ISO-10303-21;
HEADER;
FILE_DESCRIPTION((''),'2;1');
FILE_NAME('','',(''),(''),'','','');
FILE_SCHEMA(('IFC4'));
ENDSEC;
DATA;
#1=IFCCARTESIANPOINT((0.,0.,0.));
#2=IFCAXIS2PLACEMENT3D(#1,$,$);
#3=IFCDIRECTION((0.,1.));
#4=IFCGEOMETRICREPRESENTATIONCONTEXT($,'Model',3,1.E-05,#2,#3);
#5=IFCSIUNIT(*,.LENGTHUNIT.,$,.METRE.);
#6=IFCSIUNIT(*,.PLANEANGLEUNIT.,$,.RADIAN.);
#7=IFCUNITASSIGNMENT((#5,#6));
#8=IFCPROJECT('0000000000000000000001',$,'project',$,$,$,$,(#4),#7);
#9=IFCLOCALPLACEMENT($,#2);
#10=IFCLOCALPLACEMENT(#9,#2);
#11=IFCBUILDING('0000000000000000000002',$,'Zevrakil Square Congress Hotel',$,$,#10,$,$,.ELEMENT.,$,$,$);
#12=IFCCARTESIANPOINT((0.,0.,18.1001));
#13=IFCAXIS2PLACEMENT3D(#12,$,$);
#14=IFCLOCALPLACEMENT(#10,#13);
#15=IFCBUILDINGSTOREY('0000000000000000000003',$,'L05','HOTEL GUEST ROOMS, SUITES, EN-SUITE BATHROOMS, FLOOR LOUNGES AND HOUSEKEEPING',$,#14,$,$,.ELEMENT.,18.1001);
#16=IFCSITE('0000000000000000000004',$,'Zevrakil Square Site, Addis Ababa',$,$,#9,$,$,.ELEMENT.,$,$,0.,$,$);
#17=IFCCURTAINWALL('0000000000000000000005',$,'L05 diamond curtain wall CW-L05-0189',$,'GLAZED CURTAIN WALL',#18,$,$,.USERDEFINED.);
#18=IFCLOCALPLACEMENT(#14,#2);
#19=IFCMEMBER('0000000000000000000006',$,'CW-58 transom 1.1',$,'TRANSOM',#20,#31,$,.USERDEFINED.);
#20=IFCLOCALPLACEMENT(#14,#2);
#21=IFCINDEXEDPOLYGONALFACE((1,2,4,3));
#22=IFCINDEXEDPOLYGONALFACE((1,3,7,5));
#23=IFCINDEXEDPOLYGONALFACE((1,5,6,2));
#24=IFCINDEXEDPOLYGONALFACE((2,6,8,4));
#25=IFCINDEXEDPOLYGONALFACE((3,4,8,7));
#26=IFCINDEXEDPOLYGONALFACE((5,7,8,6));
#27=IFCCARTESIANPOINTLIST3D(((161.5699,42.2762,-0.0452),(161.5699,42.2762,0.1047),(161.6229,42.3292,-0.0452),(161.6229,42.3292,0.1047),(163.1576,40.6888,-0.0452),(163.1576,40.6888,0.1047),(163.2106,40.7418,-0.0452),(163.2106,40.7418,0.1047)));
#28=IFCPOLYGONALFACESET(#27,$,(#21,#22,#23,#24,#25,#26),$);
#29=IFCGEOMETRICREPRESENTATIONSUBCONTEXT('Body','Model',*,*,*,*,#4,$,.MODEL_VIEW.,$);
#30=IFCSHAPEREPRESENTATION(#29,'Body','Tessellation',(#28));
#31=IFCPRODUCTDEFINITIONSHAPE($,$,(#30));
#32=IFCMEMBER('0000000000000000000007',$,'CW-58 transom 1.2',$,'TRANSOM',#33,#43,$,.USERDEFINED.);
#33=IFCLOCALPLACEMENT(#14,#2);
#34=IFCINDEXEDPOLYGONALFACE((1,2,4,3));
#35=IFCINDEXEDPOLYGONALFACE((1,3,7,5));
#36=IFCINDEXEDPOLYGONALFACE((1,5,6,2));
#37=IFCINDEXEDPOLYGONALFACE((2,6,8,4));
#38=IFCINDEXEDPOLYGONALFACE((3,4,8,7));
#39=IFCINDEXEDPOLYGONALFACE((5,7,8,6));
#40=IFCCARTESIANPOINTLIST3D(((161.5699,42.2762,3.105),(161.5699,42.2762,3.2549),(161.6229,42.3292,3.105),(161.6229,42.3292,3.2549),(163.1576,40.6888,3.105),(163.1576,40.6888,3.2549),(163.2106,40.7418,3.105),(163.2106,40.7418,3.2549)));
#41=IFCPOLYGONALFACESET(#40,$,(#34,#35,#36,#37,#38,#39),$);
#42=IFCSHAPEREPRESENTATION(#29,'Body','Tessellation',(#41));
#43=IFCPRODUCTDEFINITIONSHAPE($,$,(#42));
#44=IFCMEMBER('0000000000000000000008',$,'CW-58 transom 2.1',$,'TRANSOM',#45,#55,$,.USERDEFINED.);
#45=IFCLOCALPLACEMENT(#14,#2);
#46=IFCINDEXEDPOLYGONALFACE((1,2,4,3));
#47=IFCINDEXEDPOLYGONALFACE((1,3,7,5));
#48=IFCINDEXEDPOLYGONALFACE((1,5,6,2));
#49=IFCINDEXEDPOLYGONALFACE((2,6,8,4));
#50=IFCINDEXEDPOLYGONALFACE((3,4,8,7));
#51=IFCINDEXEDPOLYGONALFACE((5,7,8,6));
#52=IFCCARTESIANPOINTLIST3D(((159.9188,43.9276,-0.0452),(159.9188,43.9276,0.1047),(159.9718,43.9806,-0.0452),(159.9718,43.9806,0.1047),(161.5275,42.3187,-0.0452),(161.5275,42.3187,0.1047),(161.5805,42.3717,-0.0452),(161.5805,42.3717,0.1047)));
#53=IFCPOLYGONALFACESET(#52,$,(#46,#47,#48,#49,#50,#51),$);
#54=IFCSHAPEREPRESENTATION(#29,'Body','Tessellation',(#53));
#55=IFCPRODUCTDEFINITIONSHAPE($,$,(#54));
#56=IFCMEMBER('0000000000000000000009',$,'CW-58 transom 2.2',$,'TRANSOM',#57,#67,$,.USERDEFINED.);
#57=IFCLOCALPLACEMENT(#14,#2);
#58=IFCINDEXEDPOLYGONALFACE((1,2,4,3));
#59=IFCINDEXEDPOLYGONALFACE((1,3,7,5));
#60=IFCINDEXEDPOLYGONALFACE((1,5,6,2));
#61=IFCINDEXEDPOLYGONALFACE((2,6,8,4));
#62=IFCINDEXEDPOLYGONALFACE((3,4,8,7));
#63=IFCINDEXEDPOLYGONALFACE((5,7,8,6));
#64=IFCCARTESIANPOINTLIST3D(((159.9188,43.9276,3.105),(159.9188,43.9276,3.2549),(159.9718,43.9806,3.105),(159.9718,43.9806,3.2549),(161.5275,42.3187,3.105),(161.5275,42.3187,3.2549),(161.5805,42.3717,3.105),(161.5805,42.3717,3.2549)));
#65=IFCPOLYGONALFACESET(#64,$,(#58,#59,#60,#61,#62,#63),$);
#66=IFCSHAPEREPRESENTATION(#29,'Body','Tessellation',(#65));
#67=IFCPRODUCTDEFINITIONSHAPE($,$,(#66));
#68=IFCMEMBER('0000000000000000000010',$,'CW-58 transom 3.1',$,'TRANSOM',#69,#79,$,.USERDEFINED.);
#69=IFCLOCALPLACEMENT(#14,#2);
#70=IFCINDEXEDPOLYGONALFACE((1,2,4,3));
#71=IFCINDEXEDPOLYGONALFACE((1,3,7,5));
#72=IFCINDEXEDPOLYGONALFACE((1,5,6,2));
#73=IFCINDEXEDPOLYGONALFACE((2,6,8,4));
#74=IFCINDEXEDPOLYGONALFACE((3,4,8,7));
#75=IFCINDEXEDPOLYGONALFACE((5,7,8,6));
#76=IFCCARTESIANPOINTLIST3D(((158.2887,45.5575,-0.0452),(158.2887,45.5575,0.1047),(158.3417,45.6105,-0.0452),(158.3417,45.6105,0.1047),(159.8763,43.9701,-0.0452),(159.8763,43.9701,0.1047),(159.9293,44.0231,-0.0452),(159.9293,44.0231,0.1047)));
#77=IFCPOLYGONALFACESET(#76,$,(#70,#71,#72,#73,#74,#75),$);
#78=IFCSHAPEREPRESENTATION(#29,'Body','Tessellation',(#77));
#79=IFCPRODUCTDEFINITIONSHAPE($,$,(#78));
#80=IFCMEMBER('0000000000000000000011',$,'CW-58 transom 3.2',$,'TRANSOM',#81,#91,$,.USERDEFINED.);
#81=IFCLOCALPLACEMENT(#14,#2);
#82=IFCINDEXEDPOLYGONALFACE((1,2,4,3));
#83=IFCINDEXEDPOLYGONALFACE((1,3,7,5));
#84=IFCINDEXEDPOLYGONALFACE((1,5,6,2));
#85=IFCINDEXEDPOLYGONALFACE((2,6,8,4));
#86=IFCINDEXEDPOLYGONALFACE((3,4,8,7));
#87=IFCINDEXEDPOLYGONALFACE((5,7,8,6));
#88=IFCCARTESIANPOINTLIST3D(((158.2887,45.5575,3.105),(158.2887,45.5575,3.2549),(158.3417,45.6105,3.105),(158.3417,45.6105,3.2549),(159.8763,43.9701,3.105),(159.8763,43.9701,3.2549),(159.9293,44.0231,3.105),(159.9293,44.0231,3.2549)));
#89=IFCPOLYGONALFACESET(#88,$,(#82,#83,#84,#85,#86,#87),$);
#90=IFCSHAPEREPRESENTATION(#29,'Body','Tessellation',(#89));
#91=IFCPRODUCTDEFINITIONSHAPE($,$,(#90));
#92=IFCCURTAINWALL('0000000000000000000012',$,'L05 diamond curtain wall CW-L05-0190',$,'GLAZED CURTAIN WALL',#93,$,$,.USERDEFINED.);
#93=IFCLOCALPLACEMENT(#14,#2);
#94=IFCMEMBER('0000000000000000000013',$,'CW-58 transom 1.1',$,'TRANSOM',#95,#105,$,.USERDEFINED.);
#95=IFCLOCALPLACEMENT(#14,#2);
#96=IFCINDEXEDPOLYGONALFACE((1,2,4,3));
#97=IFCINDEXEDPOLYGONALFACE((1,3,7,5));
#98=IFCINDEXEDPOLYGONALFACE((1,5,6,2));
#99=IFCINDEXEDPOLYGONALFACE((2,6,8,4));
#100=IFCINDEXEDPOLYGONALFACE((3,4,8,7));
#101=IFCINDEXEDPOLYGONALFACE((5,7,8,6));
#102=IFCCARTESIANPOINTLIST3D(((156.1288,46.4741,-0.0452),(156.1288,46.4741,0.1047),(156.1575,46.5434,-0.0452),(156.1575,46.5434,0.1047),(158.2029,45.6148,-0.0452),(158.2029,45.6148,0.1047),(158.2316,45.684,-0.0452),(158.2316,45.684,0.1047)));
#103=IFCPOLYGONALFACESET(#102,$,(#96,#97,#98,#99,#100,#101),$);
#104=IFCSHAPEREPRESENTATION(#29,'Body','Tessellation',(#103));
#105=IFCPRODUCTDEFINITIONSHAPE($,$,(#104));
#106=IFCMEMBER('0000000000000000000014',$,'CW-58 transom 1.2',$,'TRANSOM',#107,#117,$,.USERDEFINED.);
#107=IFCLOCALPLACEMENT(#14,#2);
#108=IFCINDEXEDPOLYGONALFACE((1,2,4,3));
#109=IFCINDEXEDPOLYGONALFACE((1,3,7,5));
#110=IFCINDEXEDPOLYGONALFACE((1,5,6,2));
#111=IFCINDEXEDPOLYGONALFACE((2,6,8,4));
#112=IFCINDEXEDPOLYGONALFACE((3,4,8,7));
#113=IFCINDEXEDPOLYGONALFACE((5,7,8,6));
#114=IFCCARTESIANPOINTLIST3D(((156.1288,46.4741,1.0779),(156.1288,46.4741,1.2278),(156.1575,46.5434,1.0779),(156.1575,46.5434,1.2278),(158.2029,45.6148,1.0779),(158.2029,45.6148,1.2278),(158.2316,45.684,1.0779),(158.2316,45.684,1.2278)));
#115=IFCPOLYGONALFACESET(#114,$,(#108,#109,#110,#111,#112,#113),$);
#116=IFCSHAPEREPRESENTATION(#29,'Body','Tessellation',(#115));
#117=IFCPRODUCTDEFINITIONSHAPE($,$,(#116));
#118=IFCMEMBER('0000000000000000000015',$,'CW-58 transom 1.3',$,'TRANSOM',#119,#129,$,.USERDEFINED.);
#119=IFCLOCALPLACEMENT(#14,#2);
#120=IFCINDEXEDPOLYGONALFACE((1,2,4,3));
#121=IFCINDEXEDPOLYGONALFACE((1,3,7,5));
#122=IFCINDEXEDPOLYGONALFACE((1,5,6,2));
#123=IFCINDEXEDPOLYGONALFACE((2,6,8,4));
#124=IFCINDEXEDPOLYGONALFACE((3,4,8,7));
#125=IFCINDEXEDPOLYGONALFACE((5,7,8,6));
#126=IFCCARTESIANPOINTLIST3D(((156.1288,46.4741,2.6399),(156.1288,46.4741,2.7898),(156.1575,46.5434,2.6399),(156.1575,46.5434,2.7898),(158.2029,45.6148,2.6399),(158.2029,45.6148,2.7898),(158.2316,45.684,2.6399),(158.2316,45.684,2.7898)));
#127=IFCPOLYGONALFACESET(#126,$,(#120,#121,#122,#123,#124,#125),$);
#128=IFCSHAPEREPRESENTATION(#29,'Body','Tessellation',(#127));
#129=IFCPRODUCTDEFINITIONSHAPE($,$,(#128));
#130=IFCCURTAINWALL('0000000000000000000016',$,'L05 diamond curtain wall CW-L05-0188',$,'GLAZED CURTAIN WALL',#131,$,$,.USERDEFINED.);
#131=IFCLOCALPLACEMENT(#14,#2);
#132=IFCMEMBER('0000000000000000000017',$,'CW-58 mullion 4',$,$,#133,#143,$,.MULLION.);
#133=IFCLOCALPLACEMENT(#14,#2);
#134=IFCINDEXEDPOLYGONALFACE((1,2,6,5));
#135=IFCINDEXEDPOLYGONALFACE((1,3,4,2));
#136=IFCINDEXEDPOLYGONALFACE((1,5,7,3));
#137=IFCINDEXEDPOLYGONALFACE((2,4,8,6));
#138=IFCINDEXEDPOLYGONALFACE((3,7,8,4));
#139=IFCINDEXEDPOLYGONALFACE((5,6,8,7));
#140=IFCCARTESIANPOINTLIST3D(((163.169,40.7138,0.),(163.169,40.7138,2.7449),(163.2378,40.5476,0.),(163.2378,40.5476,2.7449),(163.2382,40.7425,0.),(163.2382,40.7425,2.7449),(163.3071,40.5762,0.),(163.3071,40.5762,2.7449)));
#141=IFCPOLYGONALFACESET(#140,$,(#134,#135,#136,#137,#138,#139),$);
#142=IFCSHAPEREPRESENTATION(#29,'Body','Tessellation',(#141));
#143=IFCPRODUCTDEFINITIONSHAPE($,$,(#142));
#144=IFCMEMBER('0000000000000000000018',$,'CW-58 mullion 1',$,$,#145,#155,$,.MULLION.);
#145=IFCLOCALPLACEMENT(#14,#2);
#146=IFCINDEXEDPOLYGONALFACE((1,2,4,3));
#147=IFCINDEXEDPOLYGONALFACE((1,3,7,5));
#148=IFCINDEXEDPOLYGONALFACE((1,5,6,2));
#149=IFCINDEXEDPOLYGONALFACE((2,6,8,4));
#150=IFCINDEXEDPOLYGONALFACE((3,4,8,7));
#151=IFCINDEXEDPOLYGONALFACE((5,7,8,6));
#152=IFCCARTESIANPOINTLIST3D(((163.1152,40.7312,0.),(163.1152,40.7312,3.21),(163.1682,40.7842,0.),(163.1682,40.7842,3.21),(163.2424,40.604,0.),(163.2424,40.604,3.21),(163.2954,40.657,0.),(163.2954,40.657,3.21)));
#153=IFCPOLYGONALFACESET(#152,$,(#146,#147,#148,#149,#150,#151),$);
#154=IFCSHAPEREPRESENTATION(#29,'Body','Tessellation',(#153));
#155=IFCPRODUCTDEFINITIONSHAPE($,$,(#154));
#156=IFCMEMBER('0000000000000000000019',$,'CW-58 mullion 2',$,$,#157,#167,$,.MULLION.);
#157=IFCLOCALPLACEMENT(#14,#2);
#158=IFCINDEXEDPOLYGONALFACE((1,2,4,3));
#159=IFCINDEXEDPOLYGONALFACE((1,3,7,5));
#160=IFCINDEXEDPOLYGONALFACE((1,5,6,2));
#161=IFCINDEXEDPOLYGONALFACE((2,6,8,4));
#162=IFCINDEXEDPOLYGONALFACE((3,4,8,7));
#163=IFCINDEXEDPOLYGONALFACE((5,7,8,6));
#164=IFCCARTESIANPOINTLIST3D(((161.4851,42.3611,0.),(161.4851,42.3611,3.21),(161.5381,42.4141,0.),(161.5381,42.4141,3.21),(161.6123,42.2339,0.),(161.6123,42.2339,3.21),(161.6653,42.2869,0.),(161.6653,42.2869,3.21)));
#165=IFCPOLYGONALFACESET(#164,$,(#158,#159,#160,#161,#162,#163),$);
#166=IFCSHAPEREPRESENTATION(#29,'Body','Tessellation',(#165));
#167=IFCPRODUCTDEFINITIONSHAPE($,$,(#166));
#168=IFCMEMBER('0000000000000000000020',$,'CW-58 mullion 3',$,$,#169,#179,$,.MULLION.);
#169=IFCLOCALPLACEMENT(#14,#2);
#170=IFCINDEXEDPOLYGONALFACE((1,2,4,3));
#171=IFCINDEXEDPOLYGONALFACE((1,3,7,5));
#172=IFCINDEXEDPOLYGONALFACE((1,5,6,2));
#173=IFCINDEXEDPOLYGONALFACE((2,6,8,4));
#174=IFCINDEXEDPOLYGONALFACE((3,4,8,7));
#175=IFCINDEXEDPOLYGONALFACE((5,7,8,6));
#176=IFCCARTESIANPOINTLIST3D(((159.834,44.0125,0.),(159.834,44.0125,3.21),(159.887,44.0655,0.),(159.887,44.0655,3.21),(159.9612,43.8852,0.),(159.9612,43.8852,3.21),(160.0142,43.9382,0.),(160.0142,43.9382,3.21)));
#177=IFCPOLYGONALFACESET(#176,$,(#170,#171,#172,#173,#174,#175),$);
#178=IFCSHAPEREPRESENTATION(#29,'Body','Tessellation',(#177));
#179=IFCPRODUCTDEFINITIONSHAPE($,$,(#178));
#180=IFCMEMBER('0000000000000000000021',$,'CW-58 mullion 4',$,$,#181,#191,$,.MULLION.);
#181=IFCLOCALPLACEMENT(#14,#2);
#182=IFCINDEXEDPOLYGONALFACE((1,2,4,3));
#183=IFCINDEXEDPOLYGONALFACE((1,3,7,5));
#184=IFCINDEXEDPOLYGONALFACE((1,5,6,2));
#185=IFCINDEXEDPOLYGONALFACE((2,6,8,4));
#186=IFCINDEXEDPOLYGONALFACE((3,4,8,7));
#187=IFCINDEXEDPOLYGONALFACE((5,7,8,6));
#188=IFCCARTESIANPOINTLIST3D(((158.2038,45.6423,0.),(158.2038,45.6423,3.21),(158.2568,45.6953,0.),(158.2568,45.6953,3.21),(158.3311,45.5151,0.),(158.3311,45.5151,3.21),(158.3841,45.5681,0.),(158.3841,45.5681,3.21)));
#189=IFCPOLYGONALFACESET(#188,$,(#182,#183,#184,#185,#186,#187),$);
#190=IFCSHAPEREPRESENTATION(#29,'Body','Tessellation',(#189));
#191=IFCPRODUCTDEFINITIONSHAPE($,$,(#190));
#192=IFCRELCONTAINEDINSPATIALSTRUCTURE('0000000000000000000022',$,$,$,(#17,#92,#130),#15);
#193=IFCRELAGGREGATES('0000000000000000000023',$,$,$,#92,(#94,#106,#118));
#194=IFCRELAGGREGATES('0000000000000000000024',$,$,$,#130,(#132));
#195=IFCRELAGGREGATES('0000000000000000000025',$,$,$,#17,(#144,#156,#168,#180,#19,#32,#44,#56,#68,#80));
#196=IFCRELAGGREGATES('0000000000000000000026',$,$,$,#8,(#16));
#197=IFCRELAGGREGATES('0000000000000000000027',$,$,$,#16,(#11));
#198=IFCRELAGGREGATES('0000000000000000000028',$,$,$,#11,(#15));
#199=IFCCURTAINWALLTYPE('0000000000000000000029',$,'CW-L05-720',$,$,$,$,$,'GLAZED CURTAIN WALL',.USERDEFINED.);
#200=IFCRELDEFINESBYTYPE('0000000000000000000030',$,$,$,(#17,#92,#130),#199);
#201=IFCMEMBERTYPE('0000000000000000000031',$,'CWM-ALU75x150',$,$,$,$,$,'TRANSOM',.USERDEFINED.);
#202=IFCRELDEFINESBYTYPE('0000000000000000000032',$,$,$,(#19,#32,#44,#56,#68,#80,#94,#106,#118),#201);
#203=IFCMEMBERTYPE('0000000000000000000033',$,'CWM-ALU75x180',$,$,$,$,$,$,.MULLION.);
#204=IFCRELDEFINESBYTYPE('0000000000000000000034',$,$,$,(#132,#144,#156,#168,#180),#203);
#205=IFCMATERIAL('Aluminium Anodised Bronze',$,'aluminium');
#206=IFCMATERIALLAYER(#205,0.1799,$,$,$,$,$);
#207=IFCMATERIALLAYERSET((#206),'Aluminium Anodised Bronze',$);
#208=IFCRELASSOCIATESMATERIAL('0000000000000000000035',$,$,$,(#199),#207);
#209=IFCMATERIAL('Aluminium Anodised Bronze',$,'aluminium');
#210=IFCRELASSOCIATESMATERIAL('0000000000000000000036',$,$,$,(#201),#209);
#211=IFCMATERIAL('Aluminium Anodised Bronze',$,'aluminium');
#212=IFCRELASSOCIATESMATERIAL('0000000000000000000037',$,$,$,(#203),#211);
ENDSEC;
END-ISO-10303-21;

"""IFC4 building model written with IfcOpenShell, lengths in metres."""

from ifc_helpers import new_model, si_unit, direction, frame, origin, origin_2d, place, context, subcontext, project, spatial, rectangle, extrude, material, layer, layer_set, material_profile, profile_set, type_object, element, aggregate, save


model = new_model("IFC4")

# Units and contexts
model_context = context("Model", 3, precision=1e-05, world=origin(), true_north=direction((0.0, 1.0)))
body_context = subcontext(model_context, "Body", "Model", "MODEL_VIEW")
ifc_project = project(units=[si_unit("LENGTHUNIT", "METRE"), si_unit("PLANEANGLEUNIT", "RADIAN")], contexts=[model_context])

# Site, building, storey
site_placement = place(None, origin())
site = spatial("IfcSite", under=ifc_project, at=site_placement, Name="Zevrakil Square Site, Addis Ababa", CompositionType="ELEMENT", RefElevation=0.0)
building_placement = place(site_placement, origin())
building = spatial("IfcBuilding", under=site, at=building_placement, Name="Zevrakil Square Congress Hotel", CompositionType="ELEMENT")
storey_placement = place(building_placement, frame((0.0, 0.0, 18.1001)))
storey = spatial("IfcBuildingStorey", under=building, at=storey_placement, Name="L05", Description="HOTEL GUEST ROOMS, SUITES, EN-SUITE BATHROOMS, FLOOR LOUNGES AND HOUSEKEEPING", CompositionType="ELEMENT", Elevation=18.1001)

# Curtain walls, members
ifc_material_1 = material(Name="Aluminium Anodised Bronze", Category="aluminium")
ifc_layer_1 = layer(ifc_material_1, 0.1799)
ifc_layer_set_1 = layer_set([ifc_layer_1], Name="Aluminium Anodised Bronze")
curtain_wall_type = type_object("IfcCurtainWallType", Name="CW-L05-720", ElementType="GLAZED CURTAIN WALL", PredefinedType="USERDEFINED", material=ifc_layer_set_1)
curtain_wall_1_placement = place(storey_placement, origin())
curtain_wall_1 = element("IfcCurtainWall", 1, at=curtain_wall_1_placement, inside=storey, type_object=curtain_wall_type, Name="L05 diamond curtain wall CW-L05-0189", ObjectType="GLAZED CURTAIN WALL", PredefinedType="USERDEFINED")
ifc_material_2 = material(Name="Aluminium Anodised Bronze", Category="aluminium")
ifc_material_profile_1 = material_profile(ifc_material_2, rectangle(XDim=0.075, YDim=0.1499, at=origin_2d()), Name="ALU 75x150")
ifc_profile_set_1 = profile_set([ifc_material_profile_1], Name="Aluminium Anodised Bronze")
member_type_1 = type_object("IfcMemberType", Name="CWM-ALU75x150", ElementType="TRANSOM", PredefinedType="USERDEFINED", material=ifc_profile_set_1)
member_1_placement = place(storey_placement, frame((163.1841, 40.7153, 0.0298), z_axis=(-0.707161, 0.707052, 0.0), x_axis=(-0.707052, -0.707161, 0.0)))
member_1 = element("IfcMember", 2, at=member_1_placement, type_object=member_type_1, Name="CW-58 transom 1.1", ObjectType="TRANSOM", PredefinedType="USERDEFINED", context=body_context, shape_type="SweptSolid", body=[
    extrude(rectangle(XDim=0.075, YDim=0.1499, at=origin_2d()), origin(), (0.0, 0.0, 1.0), 2.2451),
])
member_2_placement = place(storey_placement, frame((163.1841, 40.7153, 3.1799), z_axis=(-0.707161, 0.707052, 0.0), x_axis=(-0.707052, -0.707161, 0.0)))
member_2 = element("IfcMember", 3, at=member_2_placement, type_object=member_type_1, Name="CW-58 transom 1.2", ObjectType="TRANSOM", PredefinedType="USERDEFINED", context=body_context, shape_type="SweptSolid", body=[
    extrude(rectangle(XDim=0.075, YDim=0.1499, at=origin_2d()), origin(), (0.0, 0.0, 1.0), 2.2451),
])
member_3_placement = place(storey_placement, frame((161.554, 42.3452, 0.0298), z_axis=(-0.707053, 0.70716, 0.0), x_axis=(-0.70716, -0.707053, 0.0)))
member_3 = element("IfcMember", 4, at=member_3_placement, type_object=member_type_1, Name="CW-58 transom 2.1", ObjectType="TRANSOM", PredefinedType="USERDEFINED", context=body_context, shape_type="SweptSolid", body=[
    extrude(rectangle(XDim=0.075, YDim=0.1499, at=origin_2d()), origin(), (0.0, 0.0, 1.0), 2.2751),
])
member_4_placement = place(storey_placement, frame((161.554, 42.3452, 3.1799), z_axis=(-0.707053, 0.70716, 0.0), x_axis=(-0.70716, -0.707053, 0.0)))
member_4 = element("IfcMember", 5, at=member_4_placement, type_object=member_type_1, Name="CW-58 transom 2.2", ObjectType="TRANSOM", PredefinedType="USERDEFINED", context=body_context, shape_type="SweptSolid", body=[
    extrude(rectangle(XDim=0.075, YDim=0.1499, at=origin_2d()), origin(), (0.0, 0.0, 1.0), 2.2751),
])
member_5_placement = place(storey_placement, frame((159.9028, 43.9966, 0.0298), z_axis=(-0.707161, 0.707052, 0.0), x_axis=(-0.707052, -0.707161, 0.0)))
member_5 = element("IfcMember", 6, at=member_5_placement, type_object=member_type_1, Name="CW-58 transom 3.1", ObjectType="TRANSOM", PredefinedType="USERDEFINED", context=body_context, shape_type="SweptSolid", body=[
    extrude(rectangle(XDim=0.075, YDim=0.1499, at=origin_2d()), origin(), (0.0, 0.0, 1.0), 2.2451),
])
member_6_placement = place(storey_placement, frame((159.9028, 43.9966, 3.1799), z_axis=(-0.707161, 0.707052, 0.0), x_axis=(-0.707052, -0.707161, 0.0)))
member_6 = element("IfcMember", 7, at=member_6_placement, type_object=member_type_1, Name="CW-58 transom 3.2", ObjectType="TRANSOM", PredefinedType="USERDEFINED", context=body_context, shape_type="SweptSolid", body=[
    extrude(rectangle(XDim=0.075, YDim=0.1499, at=origin_2d()), origin(), (0.0, 0.0, 1.0), 2.2451),
])
curtain_wall_2_placement = place(storey_placement, origin())
curtain_wall_2 = element("IfcCurtainWall", 8, at=curtain_wall_2_placement, inside=storey, type_object=curtain_wall_type, Name="L05 diamond curtain wall CW-L05-0190", ObjectType="GLAZED CURTAIN WALL", PredefinedType="USERDEFINED")
member_7_placement = place(storey_placement, frame((158.2173, 45.6494, 0.0298), z_axis=(-0.923847, 0.382762, 0.0), x_axis=(-0.382762, -0.923847, 0.0)))
member_7 = element("IfcMember", 9, at=member_7_placement, type_object=member_type_1, Name="CW-58 transom 1.1", ObjectType="TRANSOM", PredefinedType="USERDEFINED", context=body_context, shape_type="SweptSolid", body=[
    extrude(rectangle(XDim=0.075, YDim=0.1499, at=origin_2d()), origin(), (0.0, 0.0, 1.0), 2.2451),
])
member_8_placement = place(storey_placement, frame((158.2173, 45.6494, 1.1528), z_axis=(-0.923847, 0.382762, 0.0), x_axis=(-0.382762, -0.923847, 0.0)))
member_8 = element("IfcMember", 10, at=member_8_placement, type_object=member_type_1, Name="CW-58 transom 1.2", ObjectType="TRANSOM", PredefinedType="USERDEFINED", context=body_context, shape_type="SweptSolid", body=[
    extrude(rectangle(XDim=0.075, YDim=0.1499, at=origin_2d()), origin(), (0.0, 0.0, 1.0), 2.2451),
])
member_9_placement = place(storey_placement, frame((158.2173, 45.6494, 2.7148), z_axis=(-0.923847, 0.382762, 0.0), x_axis=(-0.382762, -0.923847, 0.0)))
member_9 = element("IfcMember", 11, at=member_9_placement, type_object=member_type_1, Name="CW-58 transom 1.3", ObjectType="TRANSOM", PredefinedType="USERDEFINED", context=body_context, shape_type="SweptSolid", body=[
    extrude(rectangle(XDim=0.075, YDim=0.1499, at=origin_2d()), origin(), (0.0, 0.0, 1.0), 2.2451),
])

# Curtain wall, member
curtain_wall_3_placement = place(storey_placement, origin())
curtain_wall_3 = element("IfcCurtainWall", 12, at=curtain_wall_3_placement, inside=storey, type_object=curtain_wall_type, Name="L05 diamond curtain wall CW-L05-0188", ObjectType="GLAZED CURTAIN WALL", PredefinedType="USERDEFINED")
ifc_material_3 = material(Name="Aluminium Anodised Bronze", Category="aluminium")
ifc_material_profile_2 = material_profile(ifc_material_3, rectangle(XDim=0.075, YDim=0.1799, at=origin_2d()), Name="ALU 75x180")
ifc_profile_set_2 = profile_set([ifc_material_profile_2], Name="Aluminium Anodised Bronze")
member_type_2 = type_object("IfcMemberType", Name="CWM-ALU75x180", PredefinedType="MULLION", material=ifc_profile_set_2)
member_10_placement = place(storey_placement, frame((163.238, 40.645, 0.0), z_axis=(0.0, 0.0, 1.0), x_axis=(-0.923879, -0.382684, 0.0)))
member_10 = element("IfcMember", 13, at=member_10_placement, type_object=member_type_2, Name="CW-58 mullion 4", PredefinedType="MULLION", context=body_context, shape_type="SweptSolid", body=[
    extrude(rectangle(XDim=0.075, YDim=0.1799, at=origin_2d()), origin(), (0.0, 0.0, 1.0), 2.7449),
])

# Members
member_11_placement = place(storey_placement, frame((163.2053, 40.6941, 0.0), z_axis=(0.0, 0.0, 1.0), x_axis=(-0.707107, -0.707107, 0.0)))
member_11 = element("IfcMember", 14, at=member_11_placement, type_object=member_type_2, Name="CW-58 mullion 1", PredefinedType="MULLION", context=body_context, shape_type="SweptSolid", body=[
    extrude(rectangle(XDim=0.075, YDim=0.1799, at=origin_2d()), origin(), (0.0, 0.0, 1.0), 3.21),
])
member_12_placement = place(storey_placement, frame((161.5752, 42.324, 0.0), z_axis=(0.0, 0.0, 1.0), x_axis=(-0.707107, -0.707107, 0.0)))
member_12 = element("IfcMember", 15, at=member_12_placement, type_object=member_type_2, Name="CW-58 mullion 2", PredefinedType="MULLION", context=body_context, shape_type="SweptSolid", body=[
    extrude(rectangle(XDim=0.075, YDim=0.1799, at=origin_2d()), origin(), (0.0, 0.0, 1.0), 3.21),
])
member_13_placement = place(storey_placement, frame((159.9241, 43.9753, 0.0), z_axis=(0.0, 0.0, 1.0), x_axis=(-0.707107, -0.707107, 0.0)))
member_13 = element("IfcMember", 16, at=member_13_placement, type_object=member_type_2, Name="CW-58 mullion 3", PredefinedType="MULLION", context=body_context, shape_type="SweptSolid", body=[
    extrude(rectangle(XDim=0.075, YDim=0.1799, at=origin_2d()), origin(), (0.0, 0.0, 1.0), 3.21),
])
member_14_placement = place(storey_placement, frame((158.2939, 45.6052, 0.0), z_axis=(0.0, 0.0, 1.0), x_axis=(-0.707107, -0.707107, 0.0)))
member_14 = element("IfcMember", 17, at=member_14_placement, type_object=member_type_2, Name="CW-58 mullion 4", PredefinedType="MULLION", context=body_context, shape_type="SweptSolid", body=[
    extrude(rectangle(XDim=0.075, YDim=0.1799, at=origin_2d()), origin(), (0.0, 0.0, 1.0), 3.21),
])
aggregate(curtain_wall_2, [member_7, member_8, member_9])

aggregate(curtain_wall_3, [member_10])
aggregate(curtain_wall_1, [member_11, member_12, member_13, member_14, member_1, member_2, member_3, member_4, member_5, member_6])

save(model, "model.ifc")
